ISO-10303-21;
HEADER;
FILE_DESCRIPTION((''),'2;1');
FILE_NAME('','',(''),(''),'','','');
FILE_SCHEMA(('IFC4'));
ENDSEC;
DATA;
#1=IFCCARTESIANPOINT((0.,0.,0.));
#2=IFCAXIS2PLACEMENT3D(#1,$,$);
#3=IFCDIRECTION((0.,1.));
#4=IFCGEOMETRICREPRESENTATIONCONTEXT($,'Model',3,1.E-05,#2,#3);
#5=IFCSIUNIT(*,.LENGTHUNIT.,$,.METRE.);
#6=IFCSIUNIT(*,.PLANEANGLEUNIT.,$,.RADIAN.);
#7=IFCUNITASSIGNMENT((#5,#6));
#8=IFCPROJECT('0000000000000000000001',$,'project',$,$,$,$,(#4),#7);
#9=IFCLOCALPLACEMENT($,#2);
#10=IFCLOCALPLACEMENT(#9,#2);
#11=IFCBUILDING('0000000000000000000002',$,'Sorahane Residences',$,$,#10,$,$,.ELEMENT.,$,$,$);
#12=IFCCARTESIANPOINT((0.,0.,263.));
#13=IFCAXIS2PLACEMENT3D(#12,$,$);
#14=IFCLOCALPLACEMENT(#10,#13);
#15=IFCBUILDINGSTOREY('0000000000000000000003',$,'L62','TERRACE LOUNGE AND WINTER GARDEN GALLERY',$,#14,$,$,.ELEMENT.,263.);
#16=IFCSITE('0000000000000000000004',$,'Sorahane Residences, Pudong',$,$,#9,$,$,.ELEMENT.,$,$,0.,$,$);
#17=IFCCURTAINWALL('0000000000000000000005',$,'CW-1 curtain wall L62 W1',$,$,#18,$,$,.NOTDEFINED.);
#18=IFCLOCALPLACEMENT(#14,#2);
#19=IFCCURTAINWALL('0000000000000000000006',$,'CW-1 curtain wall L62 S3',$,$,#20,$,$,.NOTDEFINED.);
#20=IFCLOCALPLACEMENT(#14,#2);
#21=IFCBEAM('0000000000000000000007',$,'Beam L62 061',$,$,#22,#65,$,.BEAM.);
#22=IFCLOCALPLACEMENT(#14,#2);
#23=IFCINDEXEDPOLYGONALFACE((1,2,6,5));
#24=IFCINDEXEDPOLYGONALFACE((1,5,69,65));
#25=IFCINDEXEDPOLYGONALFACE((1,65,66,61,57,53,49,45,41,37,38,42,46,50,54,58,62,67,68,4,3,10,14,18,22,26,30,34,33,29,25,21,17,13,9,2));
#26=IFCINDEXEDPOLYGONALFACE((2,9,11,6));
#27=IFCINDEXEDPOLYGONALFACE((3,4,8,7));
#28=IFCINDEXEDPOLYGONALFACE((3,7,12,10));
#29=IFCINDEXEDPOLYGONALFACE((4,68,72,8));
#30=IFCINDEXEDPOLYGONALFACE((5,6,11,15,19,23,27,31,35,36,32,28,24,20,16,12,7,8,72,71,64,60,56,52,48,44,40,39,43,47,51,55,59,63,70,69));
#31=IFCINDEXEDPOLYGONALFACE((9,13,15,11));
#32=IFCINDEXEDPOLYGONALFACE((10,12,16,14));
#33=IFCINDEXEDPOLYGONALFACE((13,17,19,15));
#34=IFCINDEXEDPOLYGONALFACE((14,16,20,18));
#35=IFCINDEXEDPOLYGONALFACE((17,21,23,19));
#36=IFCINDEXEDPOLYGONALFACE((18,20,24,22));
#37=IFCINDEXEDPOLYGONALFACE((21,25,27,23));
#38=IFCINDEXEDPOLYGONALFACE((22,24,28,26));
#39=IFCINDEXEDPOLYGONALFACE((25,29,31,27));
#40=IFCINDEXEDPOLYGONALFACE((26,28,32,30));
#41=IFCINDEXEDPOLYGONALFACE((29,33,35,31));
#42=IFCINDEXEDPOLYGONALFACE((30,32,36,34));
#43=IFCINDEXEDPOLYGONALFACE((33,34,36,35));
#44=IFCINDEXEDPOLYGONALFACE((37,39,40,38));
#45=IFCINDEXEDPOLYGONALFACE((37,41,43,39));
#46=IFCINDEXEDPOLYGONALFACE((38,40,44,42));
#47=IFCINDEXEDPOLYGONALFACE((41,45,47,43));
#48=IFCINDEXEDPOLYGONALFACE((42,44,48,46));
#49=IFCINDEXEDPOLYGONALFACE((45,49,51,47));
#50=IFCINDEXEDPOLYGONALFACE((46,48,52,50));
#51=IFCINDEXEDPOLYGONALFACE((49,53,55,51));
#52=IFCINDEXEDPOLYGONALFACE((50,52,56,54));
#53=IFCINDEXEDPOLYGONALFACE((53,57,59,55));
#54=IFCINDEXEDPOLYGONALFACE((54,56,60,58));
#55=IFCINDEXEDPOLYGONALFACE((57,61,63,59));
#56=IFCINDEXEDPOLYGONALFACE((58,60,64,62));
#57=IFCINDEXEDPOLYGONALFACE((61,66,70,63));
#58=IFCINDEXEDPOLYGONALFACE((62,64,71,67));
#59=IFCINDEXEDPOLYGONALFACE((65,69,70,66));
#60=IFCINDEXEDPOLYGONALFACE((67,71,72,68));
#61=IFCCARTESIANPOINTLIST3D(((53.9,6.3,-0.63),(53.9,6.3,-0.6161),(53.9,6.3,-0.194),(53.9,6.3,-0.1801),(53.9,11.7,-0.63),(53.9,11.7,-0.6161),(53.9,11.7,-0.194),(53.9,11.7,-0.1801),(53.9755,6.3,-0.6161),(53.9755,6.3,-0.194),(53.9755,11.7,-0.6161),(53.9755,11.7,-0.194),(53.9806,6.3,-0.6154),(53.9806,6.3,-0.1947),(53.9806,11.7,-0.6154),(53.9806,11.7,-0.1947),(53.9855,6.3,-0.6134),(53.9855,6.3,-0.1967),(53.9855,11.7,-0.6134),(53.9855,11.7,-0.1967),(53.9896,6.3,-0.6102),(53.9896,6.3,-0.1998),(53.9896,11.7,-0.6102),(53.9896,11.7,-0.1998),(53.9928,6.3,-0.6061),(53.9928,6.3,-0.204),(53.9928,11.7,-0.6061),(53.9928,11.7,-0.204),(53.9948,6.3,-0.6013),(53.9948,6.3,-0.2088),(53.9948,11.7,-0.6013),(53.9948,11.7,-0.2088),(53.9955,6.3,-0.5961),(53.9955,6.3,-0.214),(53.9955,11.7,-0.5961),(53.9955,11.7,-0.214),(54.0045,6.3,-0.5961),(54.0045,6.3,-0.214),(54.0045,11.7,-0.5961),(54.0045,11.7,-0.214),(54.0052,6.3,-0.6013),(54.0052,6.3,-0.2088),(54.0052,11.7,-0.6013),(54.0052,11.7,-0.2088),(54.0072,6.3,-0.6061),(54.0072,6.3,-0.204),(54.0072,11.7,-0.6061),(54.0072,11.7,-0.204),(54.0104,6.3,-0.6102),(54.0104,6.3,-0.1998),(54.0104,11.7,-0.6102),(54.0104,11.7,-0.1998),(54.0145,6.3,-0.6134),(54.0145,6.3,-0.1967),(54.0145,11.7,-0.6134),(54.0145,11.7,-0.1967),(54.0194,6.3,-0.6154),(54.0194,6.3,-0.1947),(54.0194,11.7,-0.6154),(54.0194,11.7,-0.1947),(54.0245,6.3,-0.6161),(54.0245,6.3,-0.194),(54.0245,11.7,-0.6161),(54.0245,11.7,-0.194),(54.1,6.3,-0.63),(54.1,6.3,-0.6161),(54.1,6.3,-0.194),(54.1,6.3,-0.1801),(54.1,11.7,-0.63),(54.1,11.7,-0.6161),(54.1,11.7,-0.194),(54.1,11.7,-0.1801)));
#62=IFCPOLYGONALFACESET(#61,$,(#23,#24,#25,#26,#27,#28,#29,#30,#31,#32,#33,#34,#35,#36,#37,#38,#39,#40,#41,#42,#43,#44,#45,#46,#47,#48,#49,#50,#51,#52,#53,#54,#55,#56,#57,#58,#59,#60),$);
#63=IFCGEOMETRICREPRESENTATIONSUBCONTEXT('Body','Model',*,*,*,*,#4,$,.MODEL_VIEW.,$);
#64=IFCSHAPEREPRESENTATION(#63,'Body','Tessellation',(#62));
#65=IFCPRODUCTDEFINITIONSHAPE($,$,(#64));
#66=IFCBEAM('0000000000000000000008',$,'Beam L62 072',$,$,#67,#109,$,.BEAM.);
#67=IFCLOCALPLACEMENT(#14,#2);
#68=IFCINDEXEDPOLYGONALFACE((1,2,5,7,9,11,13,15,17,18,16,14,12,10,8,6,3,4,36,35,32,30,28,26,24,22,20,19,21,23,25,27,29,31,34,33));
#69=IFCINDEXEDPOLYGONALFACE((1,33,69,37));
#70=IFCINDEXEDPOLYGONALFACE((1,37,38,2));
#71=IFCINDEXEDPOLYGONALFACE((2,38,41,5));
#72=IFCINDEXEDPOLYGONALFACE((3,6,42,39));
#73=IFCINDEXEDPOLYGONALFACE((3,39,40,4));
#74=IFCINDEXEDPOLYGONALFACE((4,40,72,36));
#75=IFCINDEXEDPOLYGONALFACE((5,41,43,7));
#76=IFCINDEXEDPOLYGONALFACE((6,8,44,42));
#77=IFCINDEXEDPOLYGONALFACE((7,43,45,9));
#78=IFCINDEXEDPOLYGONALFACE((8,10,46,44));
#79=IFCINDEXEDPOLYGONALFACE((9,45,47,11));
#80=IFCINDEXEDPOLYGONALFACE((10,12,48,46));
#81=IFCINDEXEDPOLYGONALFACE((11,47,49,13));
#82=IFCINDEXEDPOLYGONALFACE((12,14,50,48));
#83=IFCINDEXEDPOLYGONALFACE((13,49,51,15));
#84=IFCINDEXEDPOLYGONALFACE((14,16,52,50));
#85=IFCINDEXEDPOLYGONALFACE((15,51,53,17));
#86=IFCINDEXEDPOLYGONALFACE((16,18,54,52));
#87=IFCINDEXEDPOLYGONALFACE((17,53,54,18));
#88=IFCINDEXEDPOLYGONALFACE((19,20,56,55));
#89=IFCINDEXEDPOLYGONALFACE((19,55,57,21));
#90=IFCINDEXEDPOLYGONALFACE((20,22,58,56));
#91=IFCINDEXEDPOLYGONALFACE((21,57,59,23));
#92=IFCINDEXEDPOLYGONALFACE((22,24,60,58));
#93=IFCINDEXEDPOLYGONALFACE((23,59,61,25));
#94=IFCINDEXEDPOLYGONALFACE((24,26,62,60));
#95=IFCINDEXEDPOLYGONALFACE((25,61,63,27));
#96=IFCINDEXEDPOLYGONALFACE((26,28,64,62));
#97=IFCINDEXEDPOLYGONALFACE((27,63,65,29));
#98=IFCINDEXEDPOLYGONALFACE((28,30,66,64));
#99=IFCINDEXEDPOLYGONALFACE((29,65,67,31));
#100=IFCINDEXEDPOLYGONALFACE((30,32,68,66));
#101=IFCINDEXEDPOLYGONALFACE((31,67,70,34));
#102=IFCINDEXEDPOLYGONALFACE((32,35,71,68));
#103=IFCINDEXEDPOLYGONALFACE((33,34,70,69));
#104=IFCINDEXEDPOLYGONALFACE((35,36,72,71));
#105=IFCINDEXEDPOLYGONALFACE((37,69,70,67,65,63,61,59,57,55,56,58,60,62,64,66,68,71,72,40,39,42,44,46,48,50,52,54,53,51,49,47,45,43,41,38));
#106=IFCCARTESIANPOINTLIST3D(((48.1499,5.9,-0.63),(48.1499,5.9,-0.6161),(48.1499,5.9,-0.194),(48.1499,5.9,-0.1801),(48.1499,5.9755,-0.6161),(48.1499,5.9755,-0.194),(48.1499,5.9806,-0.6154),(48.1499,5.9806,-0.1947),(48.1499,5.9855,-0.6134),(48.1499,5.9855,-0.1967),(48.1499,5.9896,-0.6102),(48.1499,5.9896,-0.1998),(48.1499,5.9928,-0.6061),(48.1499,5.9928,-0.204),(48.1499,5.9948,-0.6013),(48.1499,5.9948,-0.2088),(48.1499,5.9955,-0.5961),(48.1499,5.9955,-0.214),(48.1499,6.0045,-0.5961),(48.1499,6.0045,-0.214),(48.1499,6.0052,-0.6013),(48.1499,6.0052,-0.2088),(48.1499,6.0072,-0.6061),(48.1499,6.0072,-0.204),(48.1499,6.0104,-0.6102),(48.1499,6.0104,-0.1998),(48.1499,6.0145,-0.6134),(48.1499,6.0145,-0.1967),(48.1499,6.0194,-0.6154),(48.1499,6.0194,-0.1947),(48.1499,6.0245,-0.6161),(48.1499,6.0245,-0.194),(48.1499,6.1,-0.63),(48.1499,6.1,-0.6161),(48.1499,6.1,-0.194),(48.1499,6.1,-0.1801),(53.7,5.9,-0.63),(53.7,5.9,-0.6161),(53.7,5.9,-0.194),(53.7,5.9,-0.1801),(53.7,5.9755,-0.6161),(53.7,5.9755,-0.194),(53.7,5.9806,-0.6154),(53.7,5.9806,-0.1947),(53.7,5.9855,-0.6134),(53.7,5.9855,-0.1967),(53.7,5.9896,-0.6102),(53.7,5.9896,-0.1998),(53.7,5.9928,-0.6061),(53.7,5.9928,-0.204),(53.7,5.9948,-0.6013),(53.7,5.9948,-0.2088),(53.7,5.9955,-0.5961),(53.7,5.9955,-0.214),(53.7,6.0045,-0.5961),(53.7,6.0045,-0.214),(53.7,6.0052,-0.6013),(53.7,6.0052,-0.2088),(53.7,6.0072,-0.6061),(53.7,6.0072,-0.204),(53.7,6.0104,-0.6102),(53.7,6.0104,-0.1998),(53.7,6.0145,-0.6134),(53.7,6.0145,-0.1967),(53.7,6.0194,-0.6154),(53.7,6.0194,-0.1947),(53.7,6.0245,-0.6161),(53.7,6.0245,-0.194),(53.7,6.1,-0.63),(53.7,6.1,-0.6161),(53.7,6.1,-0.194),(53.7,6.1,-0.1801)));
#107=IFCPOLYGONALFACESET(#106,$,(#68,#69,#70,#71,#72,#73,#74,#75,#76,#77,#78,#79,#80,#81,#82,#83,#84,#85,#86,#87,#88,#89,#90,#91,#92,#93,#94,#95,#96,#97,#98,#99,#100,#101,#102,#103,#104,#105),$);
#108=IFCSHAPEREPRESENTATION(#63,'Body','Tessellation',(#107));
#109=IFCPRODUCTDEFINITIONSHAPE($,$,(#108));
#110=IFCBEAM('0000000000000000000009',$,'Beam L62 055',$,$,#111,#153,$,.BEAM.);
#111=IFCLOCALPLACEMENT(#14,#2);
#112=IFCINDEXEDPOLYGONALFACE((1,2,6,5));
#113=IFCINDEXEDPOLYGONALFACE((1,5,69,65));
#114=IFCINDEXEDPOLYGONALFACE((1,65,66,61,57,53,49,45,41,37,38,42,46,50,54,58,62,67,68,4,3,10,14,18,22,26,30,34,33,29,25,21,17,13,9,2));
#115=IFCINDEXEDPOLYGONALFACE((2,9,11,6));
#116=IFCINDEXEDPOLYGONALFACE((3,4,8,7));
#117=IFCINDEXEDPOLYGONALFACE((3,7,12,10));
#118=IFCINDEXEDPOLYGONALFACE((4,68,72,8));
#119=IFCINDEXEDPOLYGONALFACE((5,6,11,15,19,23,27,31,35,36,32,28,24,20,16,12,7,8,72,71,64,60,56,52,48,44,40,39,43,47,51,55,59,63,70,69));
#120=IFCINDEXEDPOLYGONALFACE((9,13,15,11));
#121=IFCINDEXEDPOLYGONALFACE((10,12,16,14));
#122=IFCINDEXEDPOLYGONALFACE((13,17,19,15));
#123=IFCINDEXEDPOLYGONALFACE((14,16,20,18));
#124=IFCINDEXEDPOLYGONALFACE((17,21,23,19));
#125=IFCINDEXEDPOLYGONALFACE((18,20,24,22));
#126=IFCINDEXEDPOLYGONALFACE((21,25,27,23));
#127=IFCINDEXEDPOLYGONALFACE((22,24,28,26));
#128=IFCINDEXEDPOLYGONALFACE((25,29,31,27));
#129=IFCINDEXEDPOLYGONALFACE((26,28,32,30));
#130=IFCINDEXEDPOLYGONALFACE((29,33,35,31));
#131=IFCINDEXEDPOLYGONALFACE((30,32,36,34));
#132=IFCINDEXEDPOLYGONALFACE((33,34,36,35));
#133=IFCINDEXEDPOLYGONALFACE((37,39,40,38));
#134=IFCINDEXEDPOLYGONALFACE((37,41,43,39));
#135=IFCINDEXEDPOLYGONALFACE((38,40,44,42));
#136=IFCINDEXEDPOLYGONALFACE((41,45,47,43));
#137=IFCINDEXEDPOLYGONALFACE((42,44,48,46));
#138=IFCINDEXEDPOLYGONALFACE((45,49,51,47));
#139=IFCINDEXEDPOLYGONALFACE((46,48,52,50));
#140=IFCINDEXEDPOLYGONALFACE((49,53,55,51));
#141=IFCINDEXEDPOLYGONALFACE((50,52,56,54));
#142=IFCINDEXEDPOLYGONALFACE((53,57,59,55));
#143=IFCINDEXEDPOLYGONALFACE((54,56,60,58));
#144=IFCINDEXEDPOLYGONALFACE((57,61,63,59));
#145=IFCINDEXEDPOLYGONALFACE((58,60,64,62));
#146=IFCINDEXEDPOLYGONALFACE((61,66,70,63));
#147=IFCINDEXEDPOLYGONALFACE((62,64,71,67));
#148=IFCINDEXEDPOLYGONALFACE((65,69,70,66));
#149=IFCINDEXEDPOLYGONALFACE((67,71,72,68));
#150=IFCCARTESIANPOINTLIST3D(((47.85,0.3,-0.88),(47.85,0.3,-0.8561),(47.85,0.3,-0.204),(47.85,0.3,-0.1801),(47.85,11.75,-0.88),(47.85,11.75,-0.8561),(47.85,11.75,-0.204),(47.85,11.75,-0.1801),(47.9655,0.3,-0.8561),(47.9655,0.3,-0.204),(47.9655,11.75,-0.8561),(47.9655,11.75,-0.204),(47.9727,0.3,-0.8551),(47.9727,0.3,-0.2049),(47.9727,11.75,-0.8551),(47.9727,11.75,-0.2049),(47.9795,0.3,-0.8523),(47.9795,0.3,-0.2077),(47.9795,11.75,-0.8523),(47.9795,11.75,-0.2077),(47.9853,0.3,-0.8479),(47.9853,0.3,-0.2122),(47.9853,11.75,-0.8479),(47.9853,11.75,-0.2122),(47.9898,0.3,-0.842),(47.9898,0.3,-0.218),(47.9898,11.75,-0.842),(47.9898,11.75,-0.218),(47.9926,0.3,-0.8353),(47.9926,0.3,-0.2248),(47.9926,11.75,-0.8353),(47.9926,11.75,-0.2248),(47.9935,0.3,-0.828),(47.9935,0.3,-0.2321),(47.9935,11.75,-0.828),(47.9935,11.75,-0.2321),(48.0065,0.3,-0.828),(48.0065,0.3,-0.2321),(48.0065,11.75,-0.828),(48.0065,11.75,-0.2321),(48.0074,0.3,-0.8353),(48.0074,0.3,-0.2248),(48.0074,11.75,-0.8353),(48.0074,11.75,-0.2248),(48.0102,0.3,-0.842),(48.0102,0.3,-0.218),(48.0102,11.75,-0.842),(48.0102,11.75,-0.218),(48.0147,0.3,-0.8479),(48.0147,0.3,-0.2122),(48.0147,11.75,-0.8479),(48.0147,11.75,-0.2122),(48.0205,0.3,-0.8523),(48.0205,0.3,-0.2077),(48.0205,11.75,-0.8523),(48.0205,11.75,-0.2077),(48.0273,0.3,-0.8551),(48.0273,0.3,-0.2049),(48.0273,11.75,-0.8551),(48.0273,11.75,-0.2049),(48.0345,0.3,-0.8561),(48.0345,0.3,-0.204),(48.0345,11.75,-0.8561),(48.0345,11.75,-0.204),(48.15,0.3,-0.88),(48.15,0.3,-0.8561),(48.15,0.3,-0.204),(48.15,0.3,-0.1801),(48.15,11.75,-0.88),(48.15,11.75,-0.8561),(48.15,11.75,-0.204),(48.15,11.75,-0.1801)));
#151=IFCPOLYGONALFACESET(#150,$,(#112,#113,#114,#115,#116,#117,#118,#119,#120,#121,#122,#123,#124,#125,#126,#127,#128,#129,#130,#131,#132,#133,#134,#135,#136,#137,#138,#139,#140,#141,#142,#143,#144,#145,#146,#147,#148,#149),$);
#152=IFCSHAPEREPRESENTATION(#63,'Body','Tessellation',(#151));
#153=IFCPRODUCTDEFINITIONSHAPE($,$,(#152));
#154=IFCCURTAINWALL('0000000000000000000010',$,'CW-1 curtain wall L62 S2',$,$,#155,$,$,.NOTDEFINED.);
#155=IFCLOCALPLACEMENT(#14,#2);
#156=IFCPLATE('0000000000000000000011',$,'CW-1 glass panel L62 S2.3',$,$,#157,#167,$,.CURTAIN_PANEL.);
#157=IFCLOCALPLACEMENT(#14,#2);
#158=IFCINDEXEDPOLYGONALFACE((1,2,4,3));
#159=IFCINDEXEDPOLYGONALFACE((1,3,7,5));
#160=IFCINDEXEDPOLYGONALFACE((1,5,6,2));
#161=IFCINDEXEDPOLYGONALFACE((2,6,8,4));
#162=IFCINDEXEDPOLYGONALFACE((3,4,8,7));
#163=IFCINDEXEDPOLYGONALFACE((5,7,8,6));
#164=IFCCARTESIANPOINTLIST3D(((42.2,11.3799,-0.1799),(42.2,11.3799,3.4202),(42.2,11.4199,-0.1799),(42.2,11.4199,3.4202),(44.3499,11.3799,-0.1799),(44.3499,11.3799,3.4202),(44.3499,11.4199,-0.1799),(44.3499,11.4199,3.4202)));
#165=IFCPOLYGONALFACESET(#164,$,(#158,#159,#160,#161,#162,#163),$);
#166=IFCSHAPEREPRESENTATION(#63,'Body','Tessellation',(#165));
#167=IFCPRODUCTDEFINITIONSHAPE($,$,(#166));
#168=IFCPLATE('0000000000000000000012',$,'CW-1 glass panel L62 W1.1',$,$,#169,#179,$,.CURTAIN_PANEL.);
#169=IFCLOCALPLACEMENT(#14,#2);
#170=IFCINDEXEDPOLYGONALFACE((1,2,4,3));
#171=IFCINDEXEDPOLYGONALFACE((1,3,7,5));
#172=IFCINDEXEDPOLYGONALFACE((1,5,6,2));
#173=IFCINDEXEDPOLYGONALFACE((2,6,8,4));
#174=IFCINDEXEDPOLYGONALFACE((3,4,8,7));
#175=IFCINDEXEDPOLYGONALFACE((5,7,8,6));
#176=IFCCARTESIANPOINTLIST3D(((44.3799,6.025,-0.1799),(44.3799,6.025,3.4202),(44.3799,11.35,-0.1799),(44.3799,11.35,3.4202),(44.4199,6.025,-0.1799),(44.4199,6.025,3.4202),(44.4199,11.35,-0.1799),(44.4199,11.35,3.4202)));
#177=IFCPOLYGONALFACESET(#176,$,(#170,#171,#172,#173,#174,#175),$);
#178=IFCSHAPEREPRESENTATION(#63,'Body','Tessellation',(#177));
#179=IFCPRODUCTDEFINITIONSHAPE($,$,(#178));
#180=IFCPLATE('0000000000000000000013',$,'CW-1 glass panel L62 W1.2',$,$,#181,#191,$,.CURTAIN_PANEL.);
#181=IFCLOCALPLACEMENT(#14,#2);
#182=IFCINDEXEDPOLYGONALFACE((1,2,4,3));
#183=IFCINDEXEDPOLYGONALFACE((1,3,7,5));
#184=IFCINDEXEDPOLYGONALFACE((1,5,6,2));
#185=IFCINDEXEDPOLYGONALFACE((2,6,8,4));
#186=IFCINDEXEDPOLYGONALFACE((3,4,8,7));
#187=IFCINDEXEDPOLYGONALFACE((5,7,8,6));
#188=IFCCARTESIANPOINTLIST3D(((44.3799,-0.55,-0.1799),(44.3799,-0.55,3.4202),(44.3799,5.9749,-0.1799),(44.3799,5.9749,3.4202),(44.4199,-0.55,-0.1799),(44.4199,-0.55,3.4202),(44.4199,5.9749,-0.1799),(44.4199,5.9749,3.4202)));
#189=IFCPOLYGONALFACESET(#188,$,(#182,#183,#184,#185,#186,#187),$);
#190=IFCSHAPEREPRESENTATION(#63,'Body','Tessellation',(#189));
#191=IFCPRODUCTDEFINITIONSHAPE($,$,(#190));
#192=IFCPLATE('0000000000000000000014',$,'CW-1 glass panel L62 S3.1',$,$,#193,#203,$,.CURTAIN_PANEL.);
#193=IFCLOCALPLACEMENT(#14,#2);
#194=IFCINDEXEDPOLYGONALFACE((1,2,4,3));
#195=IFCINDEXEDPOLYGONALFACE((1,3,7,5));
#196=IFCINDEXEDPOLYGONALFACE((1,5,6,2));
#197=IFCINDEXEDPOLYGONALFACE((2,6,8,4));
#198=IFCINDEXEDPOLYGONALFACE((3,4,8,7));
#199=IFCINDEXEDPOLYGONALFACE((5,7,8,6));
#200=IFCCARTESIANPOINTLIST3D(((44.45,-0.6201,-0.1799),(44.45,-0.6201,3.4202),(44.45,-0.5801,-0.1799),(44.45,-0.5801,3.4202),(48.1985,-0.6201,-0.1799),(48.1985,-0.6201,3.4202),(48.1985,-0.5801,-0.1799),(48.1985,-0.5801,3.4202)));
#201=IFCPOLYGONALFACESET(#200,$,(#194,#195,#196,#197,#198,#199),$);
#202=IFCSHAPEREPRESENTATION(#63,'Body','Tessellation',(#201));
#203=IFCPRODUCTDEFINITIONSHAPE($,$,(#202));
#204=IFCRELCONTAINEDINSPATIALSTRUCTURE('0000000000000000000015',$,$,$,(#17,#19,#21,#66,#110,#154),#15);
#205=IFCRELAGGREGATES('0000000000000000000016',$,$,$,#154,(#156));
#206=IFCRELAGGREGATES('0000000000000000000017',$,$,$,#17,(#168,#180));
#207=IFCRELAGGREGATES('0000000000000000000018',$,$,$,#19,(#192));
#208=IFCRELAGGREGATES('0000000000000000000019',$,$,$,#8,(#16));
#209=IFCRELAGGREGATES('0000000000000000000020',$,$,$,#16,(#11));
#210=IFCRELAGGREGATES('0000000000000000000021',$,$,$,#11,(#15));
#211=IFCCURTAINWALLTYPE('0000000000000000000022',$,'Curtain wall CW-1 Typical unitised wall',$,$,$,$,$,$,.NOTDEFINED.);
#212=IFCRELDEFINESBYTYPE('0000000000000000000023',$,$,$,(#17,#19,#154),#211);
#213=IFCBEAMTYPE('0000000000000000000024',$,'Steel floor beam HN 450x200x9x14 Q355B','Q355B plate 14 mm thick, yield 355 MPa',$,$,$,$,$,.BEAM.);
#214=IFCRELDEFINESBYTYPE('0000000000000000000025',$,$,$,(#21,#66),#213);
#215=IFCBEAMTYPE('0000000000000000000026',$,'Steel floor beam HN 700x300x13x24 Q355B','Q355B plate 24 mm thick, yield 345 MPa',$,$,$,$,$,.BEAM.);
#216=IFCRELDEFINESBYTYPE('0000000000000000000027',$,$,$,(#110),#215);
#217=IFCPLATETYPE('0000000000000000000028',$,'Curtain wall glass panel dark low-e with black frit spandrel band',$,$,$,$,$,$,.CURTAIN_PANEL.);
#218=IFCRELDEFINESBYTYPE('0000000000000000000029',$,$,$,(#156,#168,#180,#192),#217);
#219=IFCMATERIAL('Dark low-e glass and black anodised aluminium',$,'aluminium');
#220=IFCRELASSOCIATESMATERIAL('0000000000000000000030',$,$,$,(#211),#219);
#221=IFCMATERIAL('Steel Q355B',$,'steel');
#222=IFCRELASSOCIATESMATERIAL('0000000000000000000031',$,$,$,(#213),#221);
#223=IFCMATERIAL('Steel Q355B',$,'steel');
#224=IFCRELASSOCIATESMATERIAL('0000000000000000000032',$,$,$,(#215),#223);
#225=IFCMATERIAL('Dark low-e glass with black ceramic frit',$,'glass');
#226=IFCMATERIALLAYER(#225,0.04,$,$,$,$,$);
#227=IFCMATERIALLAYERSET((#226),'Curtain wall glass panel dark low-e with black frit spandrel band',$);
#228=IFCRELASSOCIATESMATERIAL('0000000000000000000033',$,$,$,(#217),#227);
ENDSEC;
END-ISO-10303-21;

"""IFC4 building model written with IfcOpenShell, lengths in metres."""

from ifc_helpers import new_model, si_unit, direction, frame, origin, origin_2d, place, context, subcontext, project, spatial, rectangle, i_section, extrude, material, layer, layer_set, material_profile, profile_set, type_object, element, aggregate, save


model = new_model("IFC4")

# Units and contexts
model_context = context("Model", 3, precision=1e-05, world=origin(), true_north=direction((0.0, 1.0)))
body_context = subcontext(model_context, "Body", "Model", "MODEL_VIEW")
ifc_project = project(units=[si_unit("LENGTHUNIT", "METRE"), si_unit("PLANEANGLEUNIT", "RADIAN")], contexts=[model_context])

# Site, building, storey
site_placement = place(None, origin())
site = spatial("IfcSite", under=ifc_project, at=site_placement, Name="Sorahane Residences, Pudong", CompositionType="ELEMENT", RefElevation=0.0)
building_placement = place(site_placement, origin())
building = spatial("IfcBuilding", under=site, at=building_placement, Name="Sorahane Residences", CompositionType="ELEMENT")
storey_placement = place(building_placement, frame((0.0, 0.0, 263.0)))
storey = spatial("IfcBuildingStorey", under=building, at=storey_placement, Name="L62", Description="TERRACE LOUNGE AND WINTER GARDEN GALLERY", CompositionType="ELEMENT", Elevation=263.0)

# Curtain wall
ifc_material_1 = material(Name="Dark low-e glass and black anodised aluminium", Category="aluminium")
curtain_wall_type_1 = type_object("IfcCurtainWallType", Name="Curtain wall CW-1 Typical unitised wall", PredefinedType="NOTDEFINED", material=ifc_material_1)
curtain_wall_1_placement = place(storey_placement, origin())
curtain_wall_1 = element("IfcCurtainWall", 1, at=curtain_wall_1_placement, inside=storey, type_object=curtain_wall_type_1, Name="CW-1 curtain wall L62 W1", PredefinedType="NOTDEFINED")

# Curtain wall
curtain_wall_2_placement = place(storey_placement, origin())
curtain_wall_2 = element("IfcCurtainWall", 2, at=curtain_wall_2_placement, inside=storey, type_object=curtain_wall_type_1, Name="CW-1 curtain wall L62 S3", PredefinedType="NOTDEFINED")

# Beams
ifc_material_2 = material(Name="Steel Q355B", Category="steel")
ifc_material_profile_1 = material_profile(ifc_material_2, i_section(OverallWidth=0.2, OverallDepth=0.45, WebThickness=0.009, FlangeThickness=0.0139, FilletRadius=0.02, at=origin_2d()), Name="HN 450x200x9x14")
ifc_profile_set_1 = profile_set([ifc_material_profile_1], Name="Steel Q355B")
beam_type_1 = type_object("IfcBeamType", Name="Steel floor beam HN 450x200x9x14 Q355B", Description="Q355B plate 14 mm thick, yield 355 MPa", PredefinedType="BEAM", material=ifc_profile_set_1)
beam_1_placement = place(storey_placement, frame((54.0, 6.3, -0.405), z_axis=(0.0, 1.0, 0.0), x_axis=(-1.0, 0.0, 0.0)))
element("IfcBeam", 3, at=beam_1_placement, inside=storey, type_object=beam_type_1, Name="Beam L62 061", PredefinedType="BEAM", context=body_context, shape_type="SweptSolid", body=[
    extrude(i_section(OverallWidth=0.2, OverallDepth=0.45, WebThickness=0.009, FlangeThickness=0.0139, FilletRadius=0.02, at=origin_2d()), origin(), (0.0, 0.0, 1.0), 5.3999),
])
beam_2_placement = place(storey_placement, frame((48.1499, 6.0, -0.405), z_axis=(1.0, 0.0, 0.0), x_axis=(0.0, 1.0, 0.0)))
element("IfcBeam", 4, at=beam_2_placement, inside=storey, type_object=beam_type_1, Name="Beam L62 072", PredefinedType="BEAM", context=body_context, shape_type="SweptSolid", body=[
    extrude(i_section(OverallWidth=0.2, OverallDepth=0.45, WebThickness=0.009, FlangeThickness=0.0139, FilletRadius=0.02, at=origin_2d()), origin(), (0.0, 0.0, 1.0), 5.55),
])
ifc_material_3 = material(Name="Steel Q355B", Category="steel")
ifc_material_profile_2 = material_profile(ifc_material_3, i_section(OverallWidth=0.3, OverallDepth=0.7, WebThickness=0.0129, FlangeThickness=0.0239, FilletRadius=0.0281, at=origin_2d()), Name="HN 700x300x13x24")
ifc_profile_set_2 = profile_set([ifc_material_profile_2], Name="Steel Q355B")
beam_type_2 = type_object("IfcBeamType", Name="Steel floor beam HN 700x300x13x24 Q355B", Description="Q355B plate 24 mm thick, yield 345 MPa", PredefinedType="BEAM", material=ifc_profile_set_2)
beam_3_placement = place(storey_placement, frame((48.0, 0.3, -0.53), z_axis=(0.0, 1.0, 0.0), x_axis=(-1.0, 0.0, 0.0)))
element("IfcBeam", 5, at=beam_3_placement, inside=storey, type_object=beam_type_2, Name="Beam L62 055", PredefinedType="BEAM", context=body_context, shape_type="SweptSolid", body=[
    extrude(i_section(OverallWidth=0.3, OverallDepth=0.7, WebThickness=0.0129, FlangeThickness=0.0239, FilletRadius=0.0281, at=origin_2d()), origin(), (0.0, 0.0, 1.0), 11.45),
])

# Curtain wall, plate
curtain_wall_3_placement = place(storey_placement, origin())
curtain_wall_3 = element("IfcCurtainWall", 6, at=curtain_wall_3_placement, inside=storey, type_object=curtain_wall_type_1, Name="CW-1 curtain wall L62 S2", PredefinedType="NOTDEFINED")
ifc_material_4 = material(Name="Dark low-e glass with black ceramic frit", Category="glass")
ifc_layer = layer(ifc_material_4, 0.04)
ifc_layer_set = layer_set([ifc_layer], Name="Curtain wall glass panel dark low-e with black frit spandrel band")
plate_type = type_object("IfcPlateType", Name="Curtain wall glass panel dark low-e with black frit spandrel band", PredefinedType="CURTAIN_PANEL", material=ifc_layer_set)
plate_1_placement = place(storey_placement, frame((43.2749, 11.3999, -0.1799), z_axis=(0.0, 0.0, 1.0), x_axis=(1.0, 0.0, 0.0)))
plate_1 = element("IfcPlate", 7, at=plate_1_placement, type_object=plate_type, Name="CW-1 glass panel L62 S2.3", PredefinedType="CURTAIN_PANEL", context=body_context, shape_type="SweptSolid", body=[
    extrude(rectangle(XDim=2.1499, YDim=0.04, at=origin_2d()), origin(), (0.0, 0.0, 1.0), 3.6001),
])
aggregate(curtain_wall_3, [plate_1])

# Plates
plate_2_placement = place(storey_placement, frame((44.3999, 8.6875, -0.1799), z_axis=(0.0, 0.0, 1.0), x_axis=(0.0, -1.0, 0.0)))
plate_2 = element("IfcPlate", 8, at=plate_2_placement, type_object=plate_type, Name="CW-1 glass panel L62 W1.1", PredefinedType="CURTAIN_PANEL", context=body_context, shape_type="SweptSolid", body=[
    extrude(rectangle(XDim=5.325, YDim=0.04, at=origin_2d()), origin(), (0.0, 0.0, 1.0), 3.6001),
])
plate_3_placement = place(storey_placement, frame((44.3999, 2.7124, -0.1799), z_axis=(0.0, 0.0, 1.0), x_axis=(0.0, -1.0, 0.0)))
plate_3 = element("IfcPlate", 9, at=plate_3_placement, type_object=plate_type, Name="CW-1 glass panel L62 W1.2", PredefinedType="CURTAIN_PANEL", context=body_context, shape_type="SweptSolid", body=[
    extrude(rectangle(XDim=6.5249, YDim=0.04, at=origin_2d()), origin(), (0.0, 0.0, 1.0), 3.6001),
])
aggregate(curtain_wall_1, [plate_2, plate_3])
plate_4_placement = place(storey_placement, frame((46.3242, -0.6001, -0.1799), z_axis=(0.0, 0.0, 1.0), x_axis=(1.0, 0.0, 0.0)))
plate_4 = element("IfcPlate", 10, at=plate_4_placement, type_object=plate_type, Name="CW-1 glass panel L62 S3.1", PredefinedType="CURTAIN_PANEL", context=body_context, shape_type="SweptSolid", body=[
    extrude(rectangle(XDim=3.7485, YDim=0.04, at=origin_2d()), origin(), (0.0, 0.0, 1.0), 3.6001),
])
aggregate(curtain_wall_2, [plate_4])

save(model, "model.ifc")
